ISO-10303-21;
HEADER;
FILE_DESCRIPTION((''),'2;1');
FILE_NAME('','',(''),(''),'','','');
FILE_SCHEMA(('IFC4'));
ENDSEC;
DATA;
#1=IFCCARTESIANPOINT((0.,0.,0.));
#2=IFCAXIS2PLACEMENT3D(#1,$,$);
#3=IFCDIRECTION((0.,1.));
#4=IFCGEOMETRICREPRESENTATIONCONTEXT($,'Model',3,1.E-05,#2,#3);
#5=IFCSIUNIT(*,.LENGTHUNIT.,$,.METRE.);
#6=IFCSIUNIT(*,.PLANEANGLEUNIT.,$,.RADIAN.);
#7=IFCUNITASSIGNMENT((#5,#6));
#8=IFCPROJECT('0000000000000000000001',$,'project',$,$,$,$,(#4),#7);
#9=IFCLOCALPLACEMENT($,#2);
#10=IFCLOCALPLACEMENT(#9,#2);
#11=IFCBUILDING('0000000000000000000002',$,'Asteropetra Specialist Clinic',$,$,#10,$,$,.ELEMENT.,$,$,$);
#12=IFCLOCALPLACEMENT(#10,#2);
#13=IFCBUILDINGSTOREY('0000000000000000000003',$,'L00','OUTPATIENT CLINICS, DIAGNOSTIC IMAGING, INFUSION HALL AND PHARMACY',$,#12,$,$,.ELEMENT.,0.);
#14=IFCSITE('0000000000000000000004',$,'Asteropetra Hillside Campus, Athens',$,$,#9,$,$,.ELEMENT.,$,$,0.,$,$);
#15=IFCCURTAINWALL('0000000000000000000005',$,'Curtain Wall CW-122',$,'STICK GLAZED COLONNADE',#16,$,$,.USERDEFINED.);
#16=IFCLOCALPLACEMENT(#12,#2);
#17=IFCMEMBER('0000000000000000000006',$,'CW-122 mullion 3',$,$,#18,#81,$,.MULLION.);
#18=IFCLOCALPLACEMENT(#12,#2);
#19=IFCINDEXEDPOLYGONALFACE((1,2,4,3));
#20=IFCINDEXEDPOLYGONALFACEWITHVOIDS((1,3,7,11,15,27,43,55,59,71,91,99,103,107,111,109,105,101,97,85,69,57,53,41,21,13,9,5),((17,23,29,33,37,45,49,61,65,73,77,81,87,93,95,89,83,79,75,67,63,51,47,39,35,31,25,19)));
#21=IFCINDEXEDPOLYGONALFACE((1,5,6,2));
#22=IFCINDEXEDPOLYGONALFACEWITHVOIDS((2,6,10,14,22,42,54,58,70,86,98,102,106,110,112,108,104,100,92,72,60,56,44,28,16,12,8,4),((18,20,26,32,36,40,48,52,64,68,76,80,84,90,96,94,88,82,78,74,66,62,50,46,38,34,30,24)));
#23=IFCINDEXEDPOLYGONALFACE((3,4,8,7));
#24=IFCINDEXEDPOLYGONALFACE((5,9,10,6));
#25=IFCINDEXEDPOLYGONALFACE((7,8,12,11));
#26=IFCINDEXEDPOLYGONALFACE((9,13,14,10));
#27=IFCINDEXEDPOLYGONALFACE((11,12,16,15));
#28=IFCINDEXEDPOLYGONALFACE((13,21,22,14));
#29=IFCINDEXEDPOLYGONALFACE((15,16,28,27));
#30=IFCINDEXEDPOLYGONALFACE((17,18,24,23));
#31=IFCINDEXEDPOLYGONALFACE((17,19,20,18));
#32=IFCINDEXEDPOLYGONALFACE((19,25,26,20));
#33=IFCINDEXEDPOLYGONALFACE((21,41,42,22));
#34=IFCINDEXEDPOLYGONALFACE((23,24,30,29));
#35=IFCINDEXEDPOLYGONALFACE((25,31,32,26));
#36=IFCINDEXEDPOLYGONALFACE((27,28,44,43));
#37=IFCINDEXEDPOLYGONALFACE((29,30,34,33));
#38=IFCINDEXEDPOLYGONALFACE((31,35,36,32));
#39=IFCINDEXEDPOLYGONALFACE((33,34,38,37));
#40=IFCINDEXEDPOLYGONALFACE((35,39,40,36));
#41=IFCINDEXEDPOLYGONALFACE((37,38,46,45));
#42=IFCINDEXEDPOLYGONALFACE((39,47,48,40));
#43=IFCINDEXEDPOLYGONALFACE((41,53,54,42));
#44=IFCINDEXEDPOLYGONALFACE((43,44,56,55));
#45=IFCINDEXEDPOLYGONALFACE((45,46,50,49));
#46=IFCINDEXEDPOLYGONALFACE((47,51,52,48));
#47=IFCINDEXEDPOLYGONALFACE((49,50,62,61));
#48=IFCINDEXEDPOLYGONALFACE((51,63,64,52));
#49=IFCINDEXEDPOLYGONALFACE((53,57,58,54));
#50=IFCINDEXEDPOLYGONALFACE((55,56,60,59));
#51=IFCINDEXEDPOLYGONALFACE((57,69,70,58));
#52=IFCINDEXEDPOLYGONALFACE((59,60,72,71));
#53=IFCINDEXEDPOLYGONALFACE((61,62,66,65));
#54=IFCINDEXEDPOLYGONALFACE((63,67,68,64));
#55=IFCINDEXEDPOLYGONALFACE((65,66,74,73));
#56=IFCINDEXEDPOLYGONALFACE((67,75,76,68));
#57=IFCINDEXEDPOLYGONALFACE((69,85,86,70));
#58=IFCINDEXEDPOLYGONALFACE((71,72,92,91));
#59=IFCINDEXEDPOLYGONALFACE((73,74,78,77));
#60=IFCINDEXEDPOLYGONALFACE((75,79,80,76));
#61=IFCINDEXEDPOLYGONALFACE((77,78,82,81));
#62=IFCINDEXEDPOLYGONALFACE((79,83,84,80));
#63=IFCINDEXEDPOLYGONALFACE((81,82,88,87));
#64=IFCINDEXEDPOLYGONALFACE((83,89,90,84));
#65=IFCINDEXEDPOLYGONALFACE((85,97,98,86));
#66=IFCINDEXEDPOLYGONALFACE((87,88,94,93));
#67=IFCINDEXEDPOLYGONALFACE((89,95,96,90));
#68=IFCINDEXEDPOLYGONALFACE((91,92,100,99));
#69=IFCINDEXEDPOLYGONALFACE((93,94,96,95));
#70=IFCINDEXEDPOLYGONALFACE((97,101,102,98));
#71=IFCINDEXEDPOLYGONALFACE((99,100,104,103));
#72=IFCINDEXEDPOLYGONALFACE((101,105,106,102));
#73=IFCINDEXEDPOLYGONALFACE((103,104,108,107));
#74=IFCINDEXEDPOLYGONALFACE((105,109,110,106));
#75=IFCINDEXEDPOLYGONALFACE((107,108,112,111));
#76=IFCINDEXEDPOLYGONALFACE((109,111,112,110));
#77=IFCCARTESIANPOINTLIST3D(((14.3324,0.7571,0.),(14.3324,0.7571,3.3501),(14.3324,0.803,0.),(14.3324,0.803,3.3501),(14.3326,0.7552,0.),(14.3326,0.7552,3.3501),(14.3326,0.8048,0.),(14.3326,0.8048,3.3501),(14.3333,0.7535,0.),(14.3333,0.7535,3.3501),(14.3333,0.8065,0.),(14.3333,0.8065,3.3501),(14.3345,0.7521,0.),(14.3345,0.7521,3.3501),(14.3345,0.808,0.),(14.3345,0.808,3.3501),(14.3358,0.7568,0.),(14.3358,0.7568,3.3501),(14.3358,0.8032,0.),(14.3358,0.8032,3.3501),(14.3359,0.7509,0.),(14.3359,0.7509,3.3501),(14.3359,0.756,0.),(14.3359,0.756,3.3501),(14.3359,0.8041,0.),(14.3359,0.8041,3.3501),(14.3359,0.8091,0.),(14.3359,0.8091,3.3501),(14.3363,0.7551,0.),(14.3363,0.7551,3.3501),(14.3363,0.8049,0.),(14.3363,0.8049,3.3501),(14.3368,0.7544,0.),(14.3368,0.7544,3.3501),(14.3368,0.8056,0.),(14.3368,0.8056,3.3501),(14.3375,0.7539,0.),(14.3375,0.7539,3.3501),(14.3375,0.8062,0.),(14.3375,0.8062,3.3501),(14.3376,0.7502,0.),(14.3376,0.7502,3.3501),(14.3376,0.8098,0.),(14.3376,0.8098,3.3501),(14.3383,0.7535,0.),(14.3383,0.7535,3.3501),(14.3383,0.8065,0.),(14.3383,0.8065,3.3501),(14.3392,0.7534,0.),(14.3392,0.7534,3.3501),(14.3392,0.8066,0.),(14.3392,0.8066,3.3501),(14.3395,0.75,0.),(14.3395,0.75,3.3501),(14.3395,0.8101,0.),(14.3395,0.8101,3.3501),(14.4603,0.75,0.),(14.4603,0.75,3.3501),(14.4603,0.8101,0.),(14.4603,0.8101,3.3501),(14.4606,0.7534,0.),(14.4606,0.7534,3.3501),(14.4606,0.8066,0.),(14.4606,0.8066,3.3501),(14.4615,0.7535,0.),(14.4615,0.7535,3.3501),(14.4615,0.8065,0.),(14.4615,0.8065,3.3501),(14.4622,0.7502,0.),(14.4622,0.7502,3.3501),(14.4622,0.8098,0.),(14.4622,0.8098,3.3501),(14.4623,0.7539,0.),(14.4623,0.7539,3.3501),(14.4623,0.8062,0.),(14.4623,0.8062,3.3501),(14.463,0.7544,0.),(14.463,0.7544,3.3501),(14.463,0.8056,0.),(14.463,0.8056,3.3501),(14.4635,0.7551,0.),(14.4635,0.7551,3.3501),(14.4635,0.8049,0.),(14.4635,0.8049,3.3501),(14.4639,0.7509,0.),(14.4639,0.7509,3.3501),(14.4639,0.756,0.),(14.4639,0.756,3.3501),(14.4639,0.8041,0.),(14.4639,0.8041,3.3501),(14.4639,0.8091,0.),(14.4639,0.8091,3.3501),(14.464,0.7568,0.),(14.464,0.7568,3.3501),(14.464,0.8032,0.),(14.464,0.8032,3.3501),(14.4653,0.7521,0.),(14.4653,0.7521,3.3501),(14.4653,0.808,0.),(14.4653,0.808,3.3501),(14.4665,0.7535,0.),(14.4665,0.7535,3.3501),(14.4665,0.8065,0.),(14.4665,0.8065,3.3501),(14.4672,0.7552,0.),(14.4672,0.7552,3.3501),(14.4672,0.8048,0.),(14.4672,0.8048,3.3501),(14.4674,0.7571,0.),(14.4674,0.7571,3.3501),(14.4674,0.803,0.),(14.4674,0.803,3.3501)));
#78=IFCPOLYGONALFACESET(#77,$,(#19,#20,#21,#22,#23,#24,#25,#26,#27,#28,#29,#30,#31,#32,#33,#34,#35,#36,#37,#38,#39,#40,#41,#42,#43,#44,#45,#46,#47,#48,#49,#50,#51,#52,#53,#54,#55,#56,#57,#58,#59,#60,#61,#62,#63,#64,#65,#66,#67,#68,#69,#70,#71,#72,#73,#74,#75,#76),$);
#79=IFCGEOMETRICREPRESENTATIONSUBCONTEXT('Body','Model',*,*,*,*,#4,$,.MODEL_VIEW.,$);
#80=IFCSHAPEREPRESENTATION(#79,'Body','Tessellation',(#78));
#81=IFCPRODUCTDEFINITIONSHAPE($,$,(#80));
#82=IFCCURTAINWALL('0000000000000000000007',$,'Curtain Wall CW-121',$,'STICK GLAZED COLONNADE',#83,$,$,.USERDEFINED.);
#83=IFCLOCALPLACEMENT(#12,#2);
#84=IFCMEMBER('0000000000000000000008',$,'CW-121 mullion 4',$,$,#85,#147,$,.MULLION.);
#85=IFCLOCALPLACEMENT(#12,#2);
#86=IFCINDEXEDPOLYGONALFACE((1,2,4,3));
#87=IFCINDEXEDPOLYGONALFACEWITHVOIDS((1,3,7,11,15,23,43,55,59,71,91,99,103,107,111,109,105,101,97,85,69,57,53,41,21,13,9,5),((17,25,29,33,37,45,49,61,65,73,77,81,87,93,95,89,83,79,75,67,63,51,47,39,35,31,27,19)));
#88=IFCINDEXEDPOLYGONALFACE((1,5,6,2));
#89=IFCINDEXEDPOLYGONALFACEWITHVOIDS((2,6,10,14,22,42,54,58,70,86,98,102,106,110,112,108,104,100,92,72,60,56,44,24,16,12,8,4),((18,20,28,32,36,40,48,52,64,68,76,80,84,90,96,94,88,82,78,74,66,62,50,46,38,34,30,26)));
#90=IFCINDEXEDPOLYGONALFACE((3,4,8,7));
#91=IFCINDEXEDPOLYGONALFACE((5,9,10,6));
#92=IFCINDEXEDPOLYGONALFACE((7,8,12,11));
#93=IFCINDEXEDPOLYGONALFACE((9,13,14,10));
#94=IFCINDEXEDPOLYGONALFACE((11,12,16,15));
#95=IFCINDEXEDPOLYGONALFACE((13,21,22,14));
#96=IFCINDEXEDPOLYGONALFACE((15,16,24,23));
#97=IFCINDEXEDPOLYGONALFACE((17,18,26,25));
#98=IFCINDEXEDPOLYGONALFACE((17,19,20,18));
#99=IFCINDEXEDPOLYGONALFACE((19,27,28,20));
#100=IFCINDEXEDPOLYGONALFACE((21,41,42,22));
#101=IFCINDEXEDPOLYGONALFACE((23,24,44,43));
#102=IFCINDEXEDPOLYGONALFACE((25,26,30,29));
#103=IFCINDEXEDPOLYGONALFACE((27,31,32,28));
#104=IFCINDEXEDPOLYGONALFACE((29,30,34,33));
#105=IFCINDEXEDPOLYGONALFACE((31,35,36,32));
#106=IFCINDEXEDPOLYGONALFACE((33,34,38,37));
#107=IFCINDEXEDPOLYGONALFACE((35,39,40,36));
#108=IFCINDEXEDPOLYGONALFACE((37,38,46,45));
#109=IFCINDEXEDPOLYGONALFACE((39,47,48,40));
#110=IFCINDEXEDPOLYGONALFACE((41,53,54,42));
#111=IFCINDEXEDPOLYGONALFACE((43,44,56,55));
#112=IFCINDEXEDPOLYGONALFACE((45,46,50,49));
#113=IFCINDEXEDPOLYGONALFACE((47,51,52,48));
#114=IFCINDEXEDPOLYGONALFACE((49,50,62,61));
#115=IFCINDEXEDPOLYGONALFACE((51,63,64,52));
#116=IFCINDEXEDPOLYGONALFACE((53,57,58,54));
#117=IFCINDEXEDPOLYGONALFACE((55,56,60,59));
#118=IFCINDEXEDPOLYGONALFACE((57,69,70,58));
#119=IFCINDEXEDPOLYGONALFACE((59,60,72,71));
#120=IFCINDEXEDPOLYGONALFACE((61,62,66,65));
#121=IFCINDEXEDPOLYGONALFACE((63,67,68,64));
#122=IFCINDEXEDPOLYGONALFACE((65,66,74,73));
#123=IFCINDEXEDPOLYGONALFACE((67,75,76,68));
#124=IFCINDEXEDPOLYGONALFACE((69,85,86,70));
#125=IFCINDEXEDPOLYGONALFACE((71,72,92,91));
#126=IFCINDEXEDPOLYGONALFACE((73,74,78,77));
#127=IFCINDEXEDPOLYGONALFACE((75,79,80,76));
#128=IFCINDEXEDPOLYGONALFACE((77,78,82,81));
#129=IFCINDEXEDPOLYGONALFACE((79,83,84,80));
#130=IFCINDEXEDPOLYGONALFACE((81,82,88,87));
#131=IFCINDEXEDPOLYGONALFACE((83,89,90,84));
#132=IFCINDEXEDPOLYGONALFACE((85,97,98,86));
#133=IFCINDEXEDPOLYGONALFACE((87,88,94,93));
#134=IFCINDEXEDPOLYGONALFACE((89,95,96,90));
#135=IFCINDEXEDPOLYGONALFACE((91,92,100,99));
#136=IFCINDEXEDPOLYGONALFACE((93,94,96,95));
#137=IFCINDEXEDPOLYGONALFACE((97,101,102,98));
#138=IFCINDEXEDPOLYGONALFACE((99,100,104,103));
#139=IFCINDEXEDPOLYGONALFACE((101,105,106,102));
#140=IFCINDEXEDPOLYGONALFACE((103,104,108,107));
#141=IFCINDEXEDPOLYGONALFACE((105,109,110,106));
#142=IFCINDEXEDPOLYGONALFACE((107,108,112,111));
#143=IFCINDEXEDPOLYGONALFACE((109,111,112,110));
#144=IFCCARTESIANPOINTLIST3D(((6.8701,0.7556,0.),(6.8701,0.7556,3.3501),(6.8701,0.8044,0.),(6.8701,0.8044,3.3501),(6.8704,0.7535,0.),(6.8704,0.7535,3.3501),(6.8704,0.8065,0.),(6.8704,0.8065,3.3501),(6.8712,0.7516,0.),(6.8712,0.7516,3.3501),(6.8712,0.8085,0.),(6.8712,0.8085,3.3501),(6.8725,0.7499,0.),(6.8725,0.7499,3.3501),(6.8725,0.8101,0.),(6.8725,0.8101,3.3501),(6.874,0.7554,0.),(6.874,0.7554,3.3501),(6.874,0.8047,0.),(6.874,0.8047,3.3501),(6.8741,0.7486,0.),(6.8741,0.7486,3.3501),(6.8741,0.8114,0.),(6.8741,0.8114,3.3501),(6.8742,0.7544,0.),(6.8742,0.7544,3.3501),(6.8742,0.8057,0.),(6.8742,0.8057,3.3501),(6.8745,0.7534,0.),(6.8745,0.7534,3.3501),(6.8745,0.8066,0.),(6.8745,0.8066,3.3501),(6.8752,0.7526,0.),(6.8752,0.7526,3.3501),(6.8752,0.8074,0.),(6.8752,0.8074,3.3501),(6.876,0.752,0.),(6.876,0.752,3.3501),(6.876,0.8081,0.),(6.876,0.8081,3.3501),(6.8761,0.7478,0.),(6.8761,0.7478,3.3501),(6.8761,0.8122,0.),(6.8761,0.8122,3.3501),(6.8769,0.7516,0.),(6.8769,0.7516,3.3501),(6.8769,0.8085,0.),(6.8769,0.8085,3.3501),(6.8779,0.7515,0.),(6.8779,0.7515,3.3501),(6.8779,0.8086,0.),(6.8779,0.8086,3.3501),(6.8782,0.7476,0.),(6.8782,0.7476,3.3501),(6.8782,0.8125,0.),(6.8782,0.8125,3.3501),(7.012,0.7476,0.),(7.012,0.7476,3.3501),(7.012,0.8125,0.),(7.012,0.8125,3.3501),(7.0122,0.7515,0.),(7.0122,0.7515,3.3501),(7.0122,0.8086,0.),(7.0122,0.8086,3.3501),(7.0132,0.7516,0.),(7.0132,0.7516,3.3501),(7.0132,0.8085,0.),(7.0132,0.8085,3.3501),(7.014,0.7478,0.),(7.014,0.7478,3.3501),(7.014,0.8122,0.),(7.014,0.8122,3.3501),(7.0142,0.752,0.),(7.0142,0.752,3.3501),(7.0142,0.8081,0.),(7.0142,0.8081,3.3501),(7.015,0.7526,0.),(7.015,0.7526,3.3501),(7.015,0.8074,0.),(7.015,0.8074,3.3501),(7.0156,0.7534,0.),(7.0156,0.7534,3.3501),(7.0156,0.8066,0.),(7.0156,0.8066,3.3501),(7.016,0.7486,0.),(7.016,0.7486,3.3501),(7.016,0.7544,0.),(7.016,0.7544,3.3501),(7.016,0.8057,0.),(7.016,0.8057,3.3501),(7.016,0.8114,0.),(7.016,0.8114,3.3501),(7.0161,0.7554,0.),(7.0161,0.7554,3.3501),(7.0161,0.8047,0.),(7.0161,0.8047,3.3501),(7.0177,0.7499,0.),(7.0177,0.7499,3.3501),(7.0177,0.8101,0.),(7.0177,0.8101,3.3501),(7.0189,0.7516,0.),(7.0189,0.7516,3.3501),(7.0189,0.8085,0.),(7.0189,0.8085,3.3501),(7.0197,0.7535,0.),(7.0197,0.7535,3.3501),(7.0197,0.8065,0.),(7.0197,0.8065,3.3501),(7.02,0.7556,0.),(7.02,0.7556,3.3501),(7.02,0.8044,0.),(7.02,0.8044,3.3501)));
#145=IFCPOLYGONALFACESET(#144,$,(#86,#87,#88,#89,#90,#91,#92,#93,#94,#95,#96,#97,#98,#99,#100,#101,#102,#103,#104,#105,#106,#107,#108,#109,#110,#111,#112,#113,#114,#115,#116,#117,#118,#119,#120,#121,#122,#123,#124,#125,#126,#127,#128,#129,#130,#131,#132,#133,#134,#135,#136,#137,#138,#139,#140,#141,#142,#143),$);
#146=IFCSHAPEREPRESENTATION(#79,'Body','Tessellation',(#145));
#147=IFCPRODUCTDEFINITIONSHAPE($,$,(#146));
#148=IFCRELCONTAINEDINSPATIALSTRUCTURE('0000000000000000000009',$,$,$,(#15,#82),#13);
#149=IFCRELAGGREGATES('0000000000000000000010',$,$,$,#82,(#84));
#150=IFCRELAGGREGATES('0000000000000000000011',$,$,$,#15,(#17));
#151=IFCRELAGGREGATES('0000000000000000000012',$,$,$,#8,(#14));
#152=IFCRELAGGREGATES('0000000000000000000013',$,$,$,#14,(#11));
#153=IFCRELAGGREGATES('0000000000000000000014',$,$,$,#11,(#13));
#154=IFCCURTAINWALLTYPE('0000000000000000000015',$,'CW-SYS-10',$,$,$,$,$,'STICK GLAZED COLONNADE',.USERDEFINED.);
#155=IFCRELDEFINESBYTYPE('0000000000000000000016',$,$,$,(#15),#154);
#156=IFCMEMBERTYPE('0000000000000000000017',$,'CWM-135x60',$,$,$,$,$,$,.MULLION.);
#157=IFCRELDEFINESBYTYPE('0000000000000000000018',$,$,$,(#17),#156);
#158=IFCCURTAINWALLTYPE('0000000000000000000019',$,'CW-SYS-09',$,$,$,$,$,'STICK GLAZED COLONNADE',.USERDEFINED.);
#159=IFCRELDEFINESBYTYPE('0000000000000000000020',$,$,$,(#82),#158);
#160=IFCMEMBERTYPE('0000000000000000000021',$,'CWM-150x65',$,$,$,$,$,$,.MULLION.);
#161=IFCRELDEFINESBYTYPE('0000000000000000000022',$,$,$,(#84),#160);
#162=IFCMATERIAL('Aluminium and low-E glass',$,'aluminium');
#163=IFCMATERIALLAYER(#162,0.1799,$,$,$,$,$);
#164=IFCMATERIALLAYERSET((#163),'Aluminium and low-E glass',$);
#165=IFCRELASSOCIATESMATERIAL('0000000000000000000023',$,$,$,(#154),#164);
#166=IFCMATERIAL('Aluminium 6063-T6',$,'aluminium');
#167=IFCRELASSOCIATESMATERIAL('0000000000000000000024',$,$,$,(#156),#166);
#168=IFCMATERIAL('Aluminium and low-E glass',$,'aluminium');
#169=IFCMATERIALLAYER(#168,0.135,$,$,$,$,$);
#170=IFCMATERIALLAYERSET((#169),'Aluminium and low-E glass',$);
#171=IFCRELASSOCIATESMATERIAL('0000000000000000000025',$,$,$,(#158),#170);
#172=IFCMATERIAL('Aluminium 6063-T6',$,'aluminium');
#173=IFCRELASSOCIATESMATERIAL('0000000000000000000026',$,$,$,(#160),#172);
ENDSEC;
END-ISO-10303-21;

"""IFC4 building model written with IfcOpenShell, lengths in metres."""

from ifc_helpers import new_model, si_unit, direction, frame, origin, origin_2d, place, context, subcontext, project, spatial, hollow_rectangle, extrude, material, layer, layer_set, material_profile, profile_set, type_object, element, aggregate, save


model = new_model("IFC4")

# Units and contexts
model_context = context("Model", 3, precision=1e-05, world=origin(), true_north=direction((0.0, 1.0)))
body_context = subcontext(model_context, "Body", "Model", "MODEL_VIEW")
ifc_project = project(units=[si_unit("LENGTHUNIT", "METRE"), si_unit("PLANEANGLEUNIT", "RADIAN")], contexts=[model_context])

# Site, building, storey
site_placement = place(None, origin())
site = spatial("IfcSite", under=ifc_project, at=site_placement, Name="Asteropetra Hillside Campus, Athens", CompositionType="ELEMENT", RefElevation=0.0)
building_placement = place(site_placement, origin())
building = spatial("IfcBuilding", under=site, at=building_placement, Name="Asteropetra Specialist Clinic", CompositionType="ELEMENT")
storey_placement = place(building_placement, origin())
storey = spatial("IfcBuildingStorey", under=building, at=storey_placement, Name="L00", Description="OUTPATIENT CLINICS, DIAGNOSTIC IMAGING, INFUSION HALL AND PHARMACY", CompositionType="ELEMENT", Elevation=0.0)

# Curtain walls, members
ifc_material_1 = material(Name="Aluminium and low-E glass", Category="aluminium")
ifc_layer_1 = layer(ifc_material_1, 0.1799)
ifc_layer_set_1 = layer_set([ifc_layer_1], Name="Aluminium and low-E glass")
curtain_wall_type_1 = type_object("IfcCurtainWallType", Name="CW-SYS-10", ElementType="STICK GLAZED COLONNADE", PredefinedType="USERDEFINED", material=ifc_layer_set_1)
curtain_wall_1_placement = place(storey_placement, origin())
curtain_wall_1 = element("IfcCurtainWall", 1, at=curtain_wall_1_placement, inside=storey, type_object=curtain_wall_type_1, Name="Curtain Wall CW-122", ObjectType="STICK GLAZED COLONNADE", PredefinedType="USERDEFINED")
ifc_material_2 = material(Name="Aluminium 6063-T6", Category="aluminium")
ifc_material_profile_1 = material_profile(ifc_material_2, hollow_rectangle(XDim=0.0601, YDim=0.135, WallThickness=0.0034, InnerFilletRadius=0.0034, OuterFilletRadius=0.0071, at=origin_2d()), Name="MUL 135x60x3.5")
ifc_profile_set_1 = profile_set([ifc_material_profile_1], Name="Aluminium 6063-T6")
member_type_1 = type_object("IfcMemberType", Name="CWM-135x60", PredefinedType="MULLION", material=ifc_profile_set_1)
member_1_placement = place(storey_placement, frame((14.3999, 0.78, 0.0), z_axis=(0.0, 0.0, 1.0), x_axis=(0.0, 1.0, 0.0)))
member_1 = element("IfcMember", 2, at=member_1_placement, type_object=member_type_1, Name="CW-122 mullion 3", PredefinedType="MULLION", context=body_context, shape_type="SweptSolid", body=[
    extrude(hollow_rectangle(XDim=0.0601, YDim=0.135, WallThickness=0.0034, InnerFilletRadius=0.0034, OuterFilletRadius=0.0071, at=origin_2d()), origin(), (0.0, 0.0, 1.0), 3.3501),
])
ifc_material_3 = material(Name="Aluminium and low-E glass", Category="aluminium")
ifc_layer_2 = layer(ifc_material_3, 0.135)
ifc_layer_set_2 = layer_set([ifc_layer_2], Name="Aluminium and low-E glass")
curtain_wall_type_2 = type_object("IfcCurtainWallType", Name="CW-SYS-09", ElementType="STICK GLAZED COLONNADE", PredefinedType="USERDEFINED", material=ifc_layer_set_2)
curtain_wall_2_placement = place(storey_placement, origin())
curtain_wall_2 = element("IfcCurtainWall", 3, at=curtain_wall_2_placement, inside=storey, type_object=curtain_wall_type_2, Name="Curtain Wall CW-121", ObjectType="STICK GLAZED COLONNADE", PredefinedType="USERDEFINED")
ifc_material_4 = material(Name="Aluminium 6063-T6", Category="aluminium")
ifc_material_profile_2 = material_profile(ifc_material_4, hollow_rectangle(XDim=0.0649, YDim=0.1499, WallThickness=0.0039, InnerFilletRadius=0.0039, OuterFilletRadius=0.0081, at=origin_2d()), Name="MUL 150x65x4.0")
ifc_profile_set_2 = profile_set([ifc_material_profile_2], Name="Aluminium 6063-T6")
member_type_2 = type_object("IfcMemberType", Name="CWM-150x65", PredefinedType="MULLION", material=ifc_profile_set_2)
member_2_placement = place(storey_placement, frame((6.9451, 0.78, 0.0), z_axis=(0.0, 0.0, 1.0), x_axis=(0.0, 1.0, 0.0)))
member_2 = element("IfcMember", 4, at=member_2_placement, type_object=member_type_2, Name="CW-121 mullion 4", PredefinedType="MULLION", context=body_context, shape_type="SweptSolid", body=[
    extrude(hollow_rectangle(XDim=0.0649, YDim=0.1499, WallThickness=0.0039, InnerFilletRadius=0.0039, OuterFilletRadius=0.0081, at=origin_2d()), origin(), (0.0, 0.0, 1.0), 3.3501),
])

aggregate(curtain_wall_2, [member_2])
aggregate(curtain_wall_1, [member_1])

save(model, "model.ifc")
